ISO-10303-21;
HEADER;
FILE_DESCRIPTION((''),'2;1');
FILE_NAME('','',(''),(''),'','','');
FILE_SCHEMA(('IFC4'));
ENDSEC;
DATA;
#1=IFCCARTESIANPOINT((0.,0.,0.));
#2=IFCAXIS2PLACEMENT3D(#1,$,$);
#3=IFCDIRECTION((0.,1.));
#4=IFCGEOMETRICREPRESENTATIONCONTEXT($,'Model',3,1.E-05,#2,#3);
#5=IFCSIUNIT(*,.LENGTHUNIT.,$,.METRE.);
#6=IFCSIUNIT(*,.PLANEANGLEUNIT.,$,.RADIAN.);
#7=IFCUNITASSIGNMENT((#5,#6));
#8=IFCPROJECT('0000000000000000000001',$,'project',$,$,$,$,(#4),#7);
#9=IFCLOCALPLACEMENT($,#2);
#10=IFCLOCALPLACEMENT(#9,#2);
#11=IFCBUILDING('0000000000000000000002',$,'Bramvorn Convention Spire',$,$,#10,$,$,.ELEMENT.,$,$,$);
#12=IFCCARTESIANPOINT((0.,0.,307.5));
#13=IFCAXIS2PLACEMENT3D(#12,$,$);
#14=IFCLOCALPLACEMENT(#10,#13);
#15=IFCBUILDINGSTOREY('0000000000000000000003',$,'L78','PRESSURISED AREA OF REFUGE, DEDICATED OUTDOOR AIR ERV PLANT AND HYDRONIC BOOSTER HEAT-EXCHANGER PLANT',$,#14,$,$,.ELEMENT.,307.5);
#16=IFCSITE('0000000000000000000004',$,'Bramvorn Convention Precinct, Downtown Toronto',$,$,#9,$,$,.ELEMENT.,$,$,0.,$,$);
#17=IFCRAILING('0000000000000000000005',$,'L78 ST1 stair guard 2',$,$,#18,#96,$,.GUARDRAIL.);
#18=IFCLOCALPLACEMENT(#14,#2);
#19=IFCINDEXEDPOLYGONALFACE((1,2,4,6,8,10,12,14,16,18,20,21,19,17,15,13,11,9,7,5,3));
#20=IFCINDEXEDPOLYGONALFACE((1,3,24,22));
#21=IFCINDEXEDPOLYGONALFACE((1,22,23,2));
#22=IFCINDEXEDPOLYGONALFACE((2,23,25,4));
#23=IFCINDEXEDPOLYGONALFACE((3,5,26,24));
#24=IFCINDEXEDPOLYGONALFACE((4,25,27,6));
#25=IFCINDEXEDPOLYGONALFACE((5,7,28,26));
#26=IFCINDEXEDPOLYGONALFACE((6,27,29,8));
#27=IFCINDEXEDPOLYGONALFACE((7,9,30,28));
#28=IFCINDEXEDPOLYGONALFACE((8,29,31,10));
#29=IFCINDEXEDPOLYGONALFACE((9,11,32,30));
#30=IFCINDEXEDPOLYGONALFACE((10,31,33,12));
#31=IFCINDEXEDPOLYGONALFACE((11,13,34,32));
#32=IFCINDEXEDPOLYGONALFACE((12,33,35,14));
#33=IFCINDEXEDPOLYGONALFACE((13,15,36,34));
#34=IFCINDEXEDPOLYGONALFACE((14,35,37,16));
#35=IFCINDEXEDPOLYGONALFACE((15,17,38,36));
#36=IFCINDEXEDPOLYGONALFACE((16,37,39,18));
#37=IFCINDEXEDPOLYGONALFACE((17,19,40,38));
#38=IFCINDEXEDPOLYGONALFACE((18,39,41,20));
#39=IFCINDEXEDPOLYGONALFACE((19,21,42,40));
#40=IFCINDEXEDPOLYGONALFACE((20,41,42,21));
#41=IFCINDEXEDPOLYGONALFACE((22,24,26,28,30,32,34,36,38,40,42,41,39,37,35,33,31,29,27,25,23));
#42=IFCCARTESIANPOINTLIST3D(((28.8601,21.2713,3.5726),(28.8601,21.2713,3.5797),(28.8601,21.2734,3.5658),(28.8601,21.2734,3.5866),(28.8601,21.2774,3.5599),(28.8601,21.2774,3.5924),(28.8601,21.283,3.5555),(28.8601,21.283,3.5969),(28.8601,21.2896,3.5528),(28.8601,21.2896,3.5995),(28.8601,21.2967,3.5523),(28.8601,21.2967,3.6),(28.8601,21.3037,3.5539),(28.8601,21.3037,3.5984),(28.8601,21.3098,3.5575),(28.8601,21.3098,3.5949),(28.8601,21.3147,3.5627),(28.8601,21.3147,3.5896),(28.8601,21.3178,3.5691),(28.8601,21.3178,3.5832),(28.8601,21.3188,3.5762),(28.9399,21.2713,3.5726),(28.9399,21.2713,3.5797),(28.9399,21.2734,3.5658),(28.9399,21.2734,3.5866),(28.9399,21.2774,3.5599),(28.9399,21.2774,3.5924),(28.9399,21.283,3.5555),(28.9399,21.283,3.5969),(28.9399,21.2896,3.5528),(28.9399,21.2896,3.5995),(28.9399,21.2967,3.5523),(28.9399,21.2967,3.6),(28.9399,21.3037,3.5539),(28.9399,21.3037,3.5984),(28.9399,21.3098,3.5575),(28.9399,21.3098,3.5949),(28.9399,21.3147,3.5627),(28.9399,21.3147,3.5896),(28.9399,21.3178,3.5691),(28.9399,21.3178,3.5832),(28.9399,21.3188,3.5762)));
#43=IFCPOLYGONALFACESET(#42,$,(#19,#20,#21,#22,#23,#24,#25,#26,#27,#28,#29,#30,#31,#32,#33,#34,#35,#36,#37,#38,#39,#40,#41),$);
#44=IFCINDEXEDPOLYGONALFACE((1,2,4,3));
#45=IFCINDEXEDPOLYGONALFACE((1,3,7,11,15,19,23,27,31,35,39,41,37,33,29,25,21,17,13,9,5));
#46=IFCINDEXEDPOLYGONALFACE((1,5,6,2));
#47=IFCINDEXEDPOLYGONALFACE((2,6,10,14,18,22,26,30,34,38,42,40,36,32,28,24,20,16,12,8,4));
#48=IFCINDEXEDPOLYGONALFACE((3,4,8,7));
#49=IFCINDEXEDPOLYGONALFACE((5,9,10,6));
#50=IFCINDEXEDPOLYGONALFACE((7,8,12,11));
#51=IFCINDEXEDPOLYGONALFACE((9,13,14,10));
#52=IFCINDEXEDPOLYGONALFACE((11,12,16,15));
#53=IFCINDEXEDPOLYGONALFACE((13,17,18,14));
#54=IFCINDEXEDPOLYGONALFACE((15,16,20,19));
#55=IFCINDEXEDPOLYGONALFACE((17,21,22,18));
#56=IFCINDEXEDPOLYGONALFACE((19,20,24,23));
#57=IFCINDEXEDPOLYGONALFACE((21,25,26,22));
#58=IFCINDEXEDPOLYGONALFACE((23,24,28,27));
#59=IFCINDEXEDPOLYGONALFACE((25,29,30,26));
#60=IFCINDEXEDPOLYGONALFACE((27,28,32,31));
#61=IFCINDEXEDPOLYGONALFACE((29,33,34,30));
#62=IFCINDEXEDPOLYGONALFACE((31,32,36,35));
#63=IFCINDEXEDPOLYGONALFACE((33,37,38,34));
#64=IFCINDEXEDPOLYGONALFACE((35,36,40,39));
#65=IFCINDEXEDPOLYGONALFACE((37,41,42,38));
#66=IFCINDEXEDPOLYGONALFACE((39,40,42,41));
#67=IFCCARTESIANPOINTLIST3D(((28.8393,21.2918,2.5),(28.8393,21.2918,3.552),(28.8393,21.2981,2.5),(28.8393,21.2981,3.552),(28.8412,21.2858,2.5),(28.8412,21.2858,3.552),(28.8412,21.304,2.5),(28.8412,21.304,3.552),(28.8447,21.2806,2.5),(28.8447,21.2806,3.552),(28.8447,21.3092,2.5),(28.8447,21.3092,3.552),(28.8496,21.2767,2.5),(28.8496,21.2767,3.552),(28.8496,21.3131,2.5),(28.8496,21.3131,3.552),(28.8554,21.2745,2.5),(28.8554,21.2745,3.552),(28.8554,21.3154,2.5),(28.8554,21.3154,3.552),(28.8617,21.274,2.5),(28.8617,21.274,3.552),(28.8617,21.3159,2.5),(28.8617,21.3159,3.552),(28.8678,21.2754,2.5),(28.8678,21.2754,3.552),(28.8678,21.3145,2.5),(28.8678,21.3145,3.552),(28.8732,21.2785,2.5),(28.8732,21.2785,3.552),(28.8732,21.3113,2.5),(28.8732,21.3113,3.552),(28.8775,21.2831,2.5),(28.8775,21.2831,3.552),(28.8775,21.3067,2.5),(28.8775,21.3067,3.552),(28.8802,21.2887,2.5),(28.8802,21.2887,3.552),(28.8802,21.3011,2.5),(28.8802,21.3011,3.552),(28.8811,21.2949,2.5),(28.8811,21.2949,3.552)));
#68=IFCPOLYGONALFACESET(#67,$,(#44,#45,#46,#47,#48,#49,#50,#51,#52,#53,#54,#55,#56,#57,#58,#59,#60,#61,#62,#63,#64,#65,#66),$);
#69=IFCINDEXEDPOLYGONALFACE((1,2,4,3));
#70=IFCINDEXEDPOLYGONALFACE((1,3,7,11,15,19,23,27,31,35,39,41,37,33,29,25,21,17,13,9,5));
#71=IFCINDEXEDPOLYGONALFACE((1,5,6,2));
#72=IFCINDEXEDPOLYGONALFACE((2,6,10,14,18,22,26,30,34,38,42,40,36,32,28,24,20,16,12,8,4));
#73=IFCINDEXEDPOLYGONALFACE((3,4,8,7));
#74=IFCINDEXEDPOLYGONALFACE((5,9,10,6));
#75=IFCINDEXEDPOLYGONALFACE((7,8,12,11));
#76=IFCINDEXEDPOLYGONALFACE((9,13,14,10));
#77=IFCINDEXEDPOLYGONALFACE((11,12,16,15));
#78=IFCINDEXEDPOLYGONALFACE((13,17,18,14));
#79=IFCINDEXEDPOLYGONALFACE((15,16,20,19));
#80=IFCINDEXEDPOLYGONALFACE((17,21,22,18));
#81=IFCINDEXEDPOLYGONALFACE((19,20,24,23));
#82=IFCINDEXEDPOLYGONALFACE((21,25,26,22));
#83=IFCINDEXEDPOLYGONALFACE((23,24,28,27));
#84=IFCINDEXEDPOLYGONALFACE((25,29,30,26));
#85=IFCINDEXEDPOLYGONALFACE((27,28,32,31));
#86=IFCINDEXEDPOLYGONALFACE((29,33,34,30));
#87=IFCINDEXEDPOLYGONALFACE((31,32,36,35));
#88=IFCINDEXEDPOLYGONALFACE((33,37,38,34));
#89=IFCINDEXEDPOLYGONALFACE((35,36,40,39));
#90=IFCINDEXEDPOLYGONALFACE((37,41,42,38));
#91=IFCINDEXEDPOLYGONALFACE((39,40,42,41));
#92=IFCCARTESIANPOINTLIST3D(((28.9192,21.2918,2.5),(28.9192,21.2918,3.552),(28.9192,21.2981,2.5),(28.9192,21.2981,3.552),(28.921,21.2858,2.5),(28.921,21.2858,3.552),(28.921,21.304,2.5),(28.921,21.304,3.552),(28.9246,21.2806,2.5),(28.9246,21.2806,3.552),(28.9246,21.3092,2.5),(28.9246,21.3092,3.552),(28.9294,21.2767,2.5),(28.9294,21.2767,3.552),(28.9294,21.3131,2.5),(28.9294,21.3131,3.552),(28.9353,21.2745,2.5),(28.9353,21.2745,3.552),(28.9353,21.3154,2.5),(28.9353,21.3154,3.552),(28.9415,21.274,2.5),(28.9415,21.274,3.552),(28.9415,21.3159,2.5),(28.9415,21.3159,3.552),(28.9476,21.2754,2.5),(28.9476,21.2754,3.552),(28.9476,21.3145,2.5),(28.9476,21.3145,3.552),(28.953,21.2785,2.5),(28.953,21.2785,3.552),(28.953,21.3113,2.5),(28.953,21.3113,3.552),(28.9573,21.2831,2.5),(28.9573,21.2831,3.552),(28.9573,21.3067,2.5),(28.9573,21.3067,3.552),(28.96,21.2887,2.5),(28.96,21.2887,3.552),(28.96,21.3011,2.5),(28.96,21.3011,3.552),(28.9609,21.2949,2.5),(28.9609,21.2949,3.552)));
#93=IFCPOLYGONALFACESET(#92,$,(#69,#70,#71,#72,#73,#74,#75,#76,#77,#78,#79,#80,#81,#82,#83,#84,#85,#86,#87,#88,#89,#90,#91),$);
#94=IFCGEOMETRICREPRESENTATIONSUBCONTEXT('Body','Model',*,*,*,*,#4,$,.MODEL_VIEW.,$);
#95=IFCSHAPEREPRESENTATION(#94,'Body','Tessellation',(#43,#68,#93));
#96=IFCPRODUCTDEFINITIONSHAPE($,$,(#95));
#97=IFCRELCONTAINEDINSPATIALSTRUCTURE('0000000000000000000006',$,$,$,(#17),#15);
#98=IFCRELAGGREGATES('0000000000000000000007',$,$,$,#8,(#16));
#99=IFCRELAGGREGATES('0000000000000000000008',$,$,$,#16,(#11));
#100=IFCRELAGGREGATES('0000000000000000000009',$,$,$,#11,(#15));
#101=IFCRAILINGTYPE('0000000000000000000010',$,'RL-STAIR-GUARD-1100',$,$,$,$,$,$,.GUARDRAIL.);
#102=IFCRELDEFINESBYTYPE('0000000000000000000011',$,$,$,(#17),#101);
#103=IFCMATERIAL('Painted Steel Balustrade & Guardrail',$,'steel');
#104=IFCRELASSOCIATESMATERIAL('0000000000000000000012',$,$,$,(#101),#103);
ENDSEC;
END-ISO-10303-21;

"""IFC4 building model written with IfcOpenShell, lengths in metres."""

from ifc_helpers import new_model, si_unit, direction, frame, origin, origin_2d, place, context, subcontext, project, spatial, circle, extrude, material, type_object, element, save


model = new_model("IFC4")

# Units and contexts
model_context = context("Model", 3, precision=1e-05, world=origin(), true_north=direction((0.0, 1.0)))
body_context = subcontext(model_context, "Body", "Model", "MODEL_VIEW")
ifc_project = project(units=[si_unit("LENGTHUNIT", "METRE"), si_unit("PLANEANGLEUNIT", "RADIAN")], contexts=[model_context])

# Site, building, storey
site_placement = place(None, origin())
site = spatial("IfcSite", under=ifc_project, at=site_placement, Name="Bramvorn Convention Precinct, Downtown Toronto", CompositionType="ELEMENT", RefElevation=0.0)
building_placement = place(site_placement, origin())
building = spatial("IfcBuilding", under=site, at=building_placement, Name="Bramvorn Convention Spire", CompositionType="ELEMENT")
storey_placement = place(building_placement, frame((0.0, 0.0, 307.5)))
storey = spatial("IfcBuildingStorey", under=building, at=storey_placement, Name="L78", Description="PRESSURISED AREA OF REFUGE, DEDICATED OUTDOOR AIR ERV PLANT AND HYDRONIC BOOSTER HEAT-EXCHANGER PLANT", CompositionType="ELEMENT", Elevation=307.5)

# Railing
ifc_material_1 = material(Name="Painted Steel Balustrade & Guardrail", Category="steel")
railing_type_1 = type_object("IfcRailingType", Name="RL-STAIR-GUARD-1100", PredefinedType="GUARDRAIL", material=ifc_material_1)
railing_1_placement = place(storey_placement, frame((28.8601, 21.2949, 2.5)))
element("IfcRailing", 1, at=railing_1_placement, inside=storey, type_object=railing_type_1, Name="L78 ST1 stair guard 2", PredefinedType="GUARDRAIL", context=body_context, shape_type="SweptSolid", body=[
    extrude(circle(Radius=0.0239, at=origin_2d()), frame((0.0, 0.0, 1.0762), z_axis=(1.0, 0.0, 0.0), x_axis=(0.0, 1.0, 0.0)), (0.0, 0.0, 1.0), 0.0798),
    extrude(circle(Radius=0.021, at=origin_2d()), origin(), (0.0, 0.0, 1.0), 1.052),
    extrude(circle(Radius=0.021, at=origin_2d()), frame((0.0798, 0.0, 0.0)), (0.0, 0.0, 1.0), 1.052),
])

save(model, "model.ifc")
